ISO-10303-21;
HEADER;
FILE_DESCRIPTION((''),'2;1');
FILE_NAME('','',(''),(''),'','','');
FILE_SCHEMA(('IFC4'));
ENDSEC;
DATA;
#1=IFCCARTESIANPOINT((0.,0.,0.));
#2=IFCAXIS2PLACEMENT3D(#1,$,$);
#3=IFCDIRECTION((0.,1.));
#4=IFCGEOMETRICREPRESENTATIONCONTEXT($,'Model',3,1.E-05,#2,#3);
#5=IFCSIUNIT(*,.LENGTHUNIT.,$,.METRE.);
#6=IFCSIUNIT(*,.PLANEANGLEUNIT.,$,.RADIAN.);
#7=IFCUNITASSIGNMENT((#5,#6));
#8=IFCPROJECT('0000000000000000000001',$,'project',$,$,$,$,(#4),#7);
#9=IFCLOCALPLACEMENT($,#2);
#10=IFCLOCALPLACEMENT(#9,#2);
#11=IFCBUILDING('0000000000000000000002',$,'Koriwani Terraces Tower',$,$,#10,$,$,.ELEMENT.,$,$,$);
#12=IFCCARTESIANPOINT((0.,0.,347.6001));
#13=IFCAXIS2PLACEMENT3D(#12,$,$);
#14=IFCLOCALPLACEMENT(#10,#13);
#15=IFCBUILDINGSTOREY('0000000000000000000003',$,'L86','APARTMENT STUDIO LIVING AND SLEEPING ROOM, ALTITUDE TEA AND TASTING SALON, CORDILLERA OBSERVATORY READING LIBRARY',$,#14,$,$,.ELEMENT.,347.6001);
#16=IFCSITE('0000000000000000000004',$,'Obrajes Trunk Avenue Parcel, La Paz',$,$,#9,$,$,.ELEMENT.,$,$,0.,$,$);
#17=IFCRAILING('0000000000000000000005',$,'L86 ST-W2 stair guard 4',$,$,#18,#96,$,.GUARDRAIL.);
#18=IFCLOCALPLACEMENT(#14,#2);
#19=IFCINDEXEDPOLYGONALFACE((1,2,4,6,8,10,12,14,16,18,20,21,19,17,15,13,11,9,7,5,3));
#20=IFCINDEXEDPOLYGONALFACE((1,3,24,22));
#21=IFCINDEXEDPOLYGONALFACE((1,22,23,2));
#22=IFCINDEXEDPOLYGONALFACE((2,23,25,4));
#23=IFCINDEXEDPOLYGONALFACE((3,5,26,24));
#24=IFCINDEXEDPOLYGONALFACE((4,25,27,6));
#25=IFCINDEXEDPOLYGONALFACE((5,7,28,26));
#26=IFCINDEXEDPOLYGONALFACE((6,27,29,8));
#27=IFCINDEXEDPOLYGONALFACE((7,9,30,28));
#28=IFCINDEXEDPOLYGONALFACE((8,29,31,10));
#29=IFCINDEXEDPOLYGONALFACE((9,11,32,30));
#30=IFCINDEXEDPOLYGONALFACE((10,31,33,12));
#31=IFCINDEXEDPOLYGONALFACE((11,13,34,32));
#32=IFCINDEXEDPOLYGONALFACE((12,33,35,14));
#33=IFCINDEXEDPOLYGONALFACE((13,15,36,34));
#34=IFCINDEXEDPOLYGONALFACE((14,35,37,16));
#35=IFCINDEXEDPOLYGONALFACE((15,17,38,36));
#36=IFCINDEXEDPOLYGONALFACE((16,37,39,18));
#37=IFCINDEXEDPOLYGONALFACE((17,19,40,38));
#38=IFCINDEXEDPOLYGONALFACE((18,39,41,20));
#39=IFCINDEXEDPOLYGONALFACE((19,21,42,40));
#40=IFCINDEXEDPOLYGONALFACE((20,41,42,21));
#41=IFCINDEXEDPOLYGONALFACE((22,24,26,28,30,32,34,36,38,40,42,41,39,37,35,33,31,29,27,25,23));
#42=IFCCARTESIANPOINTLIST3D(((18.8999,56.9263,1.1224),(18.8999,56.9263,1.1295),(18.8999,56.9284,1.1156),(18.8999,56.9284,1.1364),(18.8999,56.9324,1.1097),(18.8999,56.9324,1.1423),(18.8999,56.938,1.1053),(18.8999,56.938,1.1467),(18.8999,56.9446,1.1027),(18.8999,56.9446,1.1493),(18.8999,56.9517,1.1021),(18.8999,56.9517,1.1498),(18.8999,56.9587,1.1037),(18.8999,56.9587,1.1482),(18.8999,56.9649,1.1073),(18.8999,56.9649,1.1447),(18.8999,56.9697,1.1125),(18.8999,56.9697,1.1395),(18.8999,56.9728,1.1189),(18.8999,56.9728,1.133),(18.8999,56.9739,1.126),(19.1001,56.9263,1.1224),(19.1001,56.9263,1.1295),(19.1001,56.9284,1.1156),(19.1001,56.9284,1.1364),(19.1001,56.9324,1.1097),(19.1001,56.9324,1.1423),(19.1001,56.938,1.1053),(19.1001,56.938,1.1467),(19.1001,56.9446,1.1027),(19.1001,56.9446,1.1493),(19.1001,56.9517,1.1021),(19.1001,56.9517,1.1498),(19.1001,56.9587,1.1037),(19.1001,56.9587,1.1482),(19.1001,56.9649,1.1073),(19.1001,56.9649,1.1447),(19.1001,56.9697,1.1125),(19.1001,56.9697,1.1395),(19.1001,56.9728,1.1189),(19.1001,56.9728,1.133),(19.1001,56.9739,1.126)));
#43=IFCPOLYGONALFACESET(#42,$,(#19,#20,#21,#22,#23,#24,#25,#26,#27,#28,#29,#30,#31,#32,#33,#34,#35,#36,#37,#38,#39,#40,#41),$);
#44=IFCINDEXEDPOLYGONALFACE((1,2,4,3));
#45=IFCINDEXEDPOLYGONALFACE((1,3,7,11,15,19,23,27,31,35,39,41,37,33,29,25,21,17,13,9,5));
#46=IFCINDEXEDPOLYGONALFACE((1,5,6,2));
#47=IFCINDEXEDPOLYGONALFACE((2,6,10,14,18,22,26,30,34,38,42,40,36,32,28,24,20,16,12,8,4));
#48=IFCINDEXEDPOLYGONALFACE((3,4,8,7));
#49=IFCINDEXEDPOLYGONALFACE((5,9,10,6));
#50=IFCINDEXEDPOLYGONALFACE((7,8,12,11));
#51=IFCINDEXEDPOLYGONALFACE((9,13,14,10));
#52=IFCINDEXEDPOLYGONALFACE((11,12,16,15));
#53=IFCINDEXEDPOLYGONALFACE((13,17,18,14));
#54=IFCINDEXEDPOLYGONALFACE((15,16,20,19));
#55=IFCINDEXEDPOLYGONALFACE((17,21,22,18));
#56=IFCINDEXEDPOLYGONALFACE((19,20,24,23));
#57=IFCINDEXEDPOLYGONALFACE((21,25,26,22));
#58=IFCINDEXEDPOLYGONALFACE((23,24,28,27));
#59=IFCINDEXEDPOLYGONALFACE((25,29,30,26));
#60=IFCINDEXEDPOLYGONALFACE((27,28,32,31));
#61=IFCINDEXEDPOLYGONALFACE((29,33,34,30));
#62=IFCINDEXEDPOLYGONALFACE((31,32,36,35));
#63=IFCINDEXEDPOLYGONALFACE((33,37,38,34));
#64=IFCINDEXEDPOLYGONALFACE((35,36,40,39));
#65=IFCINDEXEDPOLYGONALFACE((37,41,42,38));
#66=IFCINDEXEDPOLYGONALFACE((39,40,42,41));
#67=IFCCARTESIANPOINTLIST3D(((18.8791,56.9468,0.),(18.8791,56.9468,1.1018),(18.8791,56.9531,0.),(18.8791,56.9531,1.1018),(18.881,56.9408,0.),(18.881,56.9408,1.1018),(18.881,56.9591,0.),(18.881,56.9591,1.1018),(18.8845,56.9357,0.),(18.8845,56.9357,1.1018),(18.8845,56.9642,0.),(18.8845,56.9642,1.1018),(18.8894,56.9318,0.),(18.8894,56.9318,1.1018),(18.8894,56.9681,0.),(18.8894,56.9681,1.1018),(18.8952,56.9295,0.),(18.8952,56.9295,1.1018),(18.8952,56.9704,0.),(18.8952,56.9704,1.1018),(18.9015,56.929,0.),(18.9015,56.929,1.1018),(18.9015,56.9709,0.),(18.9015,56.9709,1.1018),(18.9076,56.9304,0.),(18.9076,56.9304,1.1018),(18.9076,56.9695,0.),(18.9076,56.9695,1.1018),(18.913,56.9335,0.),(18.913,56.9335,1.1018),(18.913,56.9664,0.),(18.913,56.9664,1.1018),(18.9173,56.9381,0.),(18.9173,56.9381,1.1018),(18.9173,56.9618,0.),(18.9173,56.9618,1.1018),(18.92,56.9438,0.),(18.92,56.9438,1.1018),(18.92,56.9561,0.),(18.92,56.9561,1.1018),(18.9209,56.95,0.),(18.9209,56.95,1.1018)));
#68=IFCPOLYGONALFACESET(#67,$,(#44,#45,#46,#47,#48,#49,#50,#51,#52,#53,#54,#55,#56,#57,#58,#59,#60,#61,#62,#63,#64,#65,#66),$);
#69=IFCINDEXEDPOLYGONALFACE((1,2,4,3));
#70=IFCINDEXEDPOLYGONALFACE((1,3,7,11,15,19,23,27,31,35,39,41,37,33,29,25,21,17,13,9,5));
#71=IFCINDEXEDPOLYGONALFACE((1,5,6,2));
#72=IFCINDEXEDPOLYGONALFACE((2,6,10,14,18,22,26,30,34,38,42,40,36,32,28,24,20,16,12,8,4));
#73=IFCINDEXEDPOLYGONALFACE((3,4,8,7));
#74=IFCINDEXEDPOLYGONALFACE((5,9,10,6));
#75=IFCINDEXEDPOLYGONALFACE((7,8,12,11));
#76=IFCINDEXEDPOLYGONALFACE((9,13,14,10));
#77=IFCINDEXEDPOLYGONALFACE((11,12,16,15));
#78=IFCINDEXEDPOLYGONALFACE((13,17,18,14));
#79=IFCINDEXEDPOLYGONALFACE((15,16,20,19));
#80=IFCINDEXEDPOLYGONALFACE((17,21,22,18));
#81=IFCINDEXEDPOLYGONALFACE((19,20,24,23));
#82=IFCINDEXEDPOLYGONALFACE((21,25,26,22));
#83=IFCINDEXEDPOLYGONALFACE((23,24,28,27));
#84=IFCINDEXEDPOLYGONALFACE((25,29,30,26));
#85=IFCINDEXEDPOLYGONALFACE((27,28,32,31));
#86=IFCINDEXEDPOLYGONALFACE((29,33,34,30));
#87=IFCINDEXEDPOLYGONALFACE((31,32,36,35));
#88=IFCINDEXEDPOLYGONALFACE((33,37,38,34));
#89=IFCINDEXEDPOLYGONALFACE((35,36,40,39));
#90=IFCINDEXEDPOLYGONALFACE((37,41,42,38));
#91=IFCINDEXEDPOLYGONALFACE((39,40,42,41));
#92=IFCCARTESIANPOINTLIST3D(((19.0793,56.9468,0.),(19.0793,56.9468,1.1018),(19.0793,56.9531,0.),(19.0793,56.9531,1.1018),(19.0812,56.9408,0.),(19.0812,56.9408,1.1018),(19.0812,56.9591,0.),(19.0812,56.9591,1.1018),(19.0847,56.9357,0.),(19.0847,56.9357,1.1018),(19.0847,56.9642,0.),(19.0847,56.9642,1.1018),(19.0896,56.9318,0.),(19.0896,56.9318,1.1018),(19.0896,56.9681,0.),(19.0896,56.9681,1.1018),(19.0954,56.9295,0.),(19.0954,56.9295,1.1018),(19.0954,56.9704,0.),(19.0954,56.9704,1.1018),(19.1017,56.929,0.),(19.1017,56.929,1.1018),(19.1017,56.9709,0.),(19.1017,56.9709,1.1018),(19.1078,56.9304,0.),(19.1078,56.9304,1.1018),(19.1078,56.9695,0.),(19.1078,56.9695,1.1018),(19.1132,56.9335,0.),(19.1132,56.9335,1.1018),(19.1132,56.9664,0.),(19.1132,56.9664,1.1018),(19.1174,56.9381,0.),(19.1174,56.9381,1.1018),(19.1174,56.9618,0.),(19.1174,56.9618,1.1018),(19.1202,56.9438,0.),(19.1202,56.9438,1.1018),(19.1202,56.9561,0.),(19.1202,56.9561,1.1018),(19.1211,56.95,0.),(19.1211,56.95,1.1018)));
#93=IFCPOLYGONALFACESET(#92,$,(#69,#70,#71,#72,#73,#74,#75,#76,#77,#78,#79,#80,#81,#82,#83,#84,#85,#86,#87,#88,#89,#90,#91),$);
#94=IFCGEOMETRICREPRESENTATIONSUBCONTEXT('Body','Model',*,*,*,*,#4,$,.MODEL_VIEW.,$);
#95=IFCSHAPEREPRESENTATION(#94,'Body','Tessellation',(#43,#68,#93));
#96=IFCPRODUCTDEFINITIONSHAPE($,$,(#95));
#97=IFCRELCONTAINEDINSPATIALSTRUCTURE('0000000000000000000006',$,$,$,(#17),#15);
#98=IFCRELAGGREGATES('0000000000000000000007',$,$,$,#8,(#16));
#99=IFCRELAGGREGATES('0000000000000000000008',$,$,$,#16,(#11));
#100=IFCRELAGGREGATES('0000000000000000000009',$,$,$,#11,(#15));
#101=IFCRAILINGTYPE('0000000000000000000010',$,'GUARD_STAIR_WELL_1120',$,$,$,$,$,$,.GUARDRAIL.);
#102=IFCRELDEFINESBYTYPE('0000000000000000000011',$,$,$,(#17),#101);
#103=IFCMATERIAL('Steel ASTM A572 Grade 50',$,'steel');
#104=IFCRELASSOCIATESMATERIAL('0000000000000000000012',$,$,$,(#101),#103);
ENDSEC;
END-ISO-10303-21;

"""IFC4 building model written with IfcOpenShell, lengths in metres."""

from ifc_helpers import new_model, si_unit, direction, frame, origin, origin_2d, place, context, subcontext, project, spatial, circle, extrude, material, type_object, element, save


model = new_model("IFC4")

# Units and contexts
model_context = context("Model", 3, precision=1e-05, world=origin(), true_north=direction((0.0, 1.0)))
body_context = subcontext(model_context, "Body", "Model", "MODEL_VIEW")
ifc_project = project(units=[si_unit("LENGTHUNIT", "METRE"), si_unit("PLANEANGLEUNIT", "RADIAN")], contexts=[model_context])

# Site, building, storey
site_placement = place(None, origin())
site = spatial("IfcSite", under=ifc_project, at=site_placement, Name="Obrajes Trunk Avenue Parcel, La Paz", CompositionType="ELEMENT", RefElevation=0.0)
building_placement = place(site_placement, origin())
building = spatial("IfcBuilding", under=site, at=building_placement, Name="Koriwani Terraces Tower", CompositionType="ELEMENT")
storey_placement = place(building_placement, frame((0.0, 0.0, 347.6001)))
storey = spatial("IfcBuildingStorey", under=building, at=storey_placement, Name="L86", Description="APARTMENT STUDIO LIVING AND SLEEPING ROOM, ALTITUDE TEA AND TASTING SALON, CORDILLERA OBSERVATORY READING LIBRARY", CompositionType="ELEMENT", Elevation=347.6001)

# Shared definitions
ifc_material_1 = material(Name="Steel ASTM A572 Grade 50", Category="steel")

# Railing
railing_type_1 = type_object("IfcRailingType", Name="GUARD_STAIR_WELL_1120", PredefinedType="GUARDRAIL", material=ifc_material_1)
railing_1_placement = place(storey_placement, frame((18.8999, 56.95, 0.0)))
element("IfcRailing", 1, at=railing_1_placement, inside=storey, type_object=railing_type_1, Name="L86 ST-W2 stair guard 4", PredefinedType="GUARDRAIL", context=body_context, shape_type="SweptSolid", body=[
    extrude(circle(Radius=0.0239, at=origin_2d()), frame((0.0, 0.0, 1.126), z_axis=(1.0, 0.0, 0.0), x_axis=(0.0, 1.0, 0.0)), (0.0, 0.0, 1.0), 0.2002),
    extrude(circle(Radius=0.021, at=origin_2d()), origin(), (0.0, 0.0, 1.0), 1.1018),
    extrude(circle(Radius=0.021, at=origin_2d()), frame((0.2002, 0.0, 0.0)), (0.0, 0.0, 1.0), 1.1018),
])

save(model, "model.ifc")
